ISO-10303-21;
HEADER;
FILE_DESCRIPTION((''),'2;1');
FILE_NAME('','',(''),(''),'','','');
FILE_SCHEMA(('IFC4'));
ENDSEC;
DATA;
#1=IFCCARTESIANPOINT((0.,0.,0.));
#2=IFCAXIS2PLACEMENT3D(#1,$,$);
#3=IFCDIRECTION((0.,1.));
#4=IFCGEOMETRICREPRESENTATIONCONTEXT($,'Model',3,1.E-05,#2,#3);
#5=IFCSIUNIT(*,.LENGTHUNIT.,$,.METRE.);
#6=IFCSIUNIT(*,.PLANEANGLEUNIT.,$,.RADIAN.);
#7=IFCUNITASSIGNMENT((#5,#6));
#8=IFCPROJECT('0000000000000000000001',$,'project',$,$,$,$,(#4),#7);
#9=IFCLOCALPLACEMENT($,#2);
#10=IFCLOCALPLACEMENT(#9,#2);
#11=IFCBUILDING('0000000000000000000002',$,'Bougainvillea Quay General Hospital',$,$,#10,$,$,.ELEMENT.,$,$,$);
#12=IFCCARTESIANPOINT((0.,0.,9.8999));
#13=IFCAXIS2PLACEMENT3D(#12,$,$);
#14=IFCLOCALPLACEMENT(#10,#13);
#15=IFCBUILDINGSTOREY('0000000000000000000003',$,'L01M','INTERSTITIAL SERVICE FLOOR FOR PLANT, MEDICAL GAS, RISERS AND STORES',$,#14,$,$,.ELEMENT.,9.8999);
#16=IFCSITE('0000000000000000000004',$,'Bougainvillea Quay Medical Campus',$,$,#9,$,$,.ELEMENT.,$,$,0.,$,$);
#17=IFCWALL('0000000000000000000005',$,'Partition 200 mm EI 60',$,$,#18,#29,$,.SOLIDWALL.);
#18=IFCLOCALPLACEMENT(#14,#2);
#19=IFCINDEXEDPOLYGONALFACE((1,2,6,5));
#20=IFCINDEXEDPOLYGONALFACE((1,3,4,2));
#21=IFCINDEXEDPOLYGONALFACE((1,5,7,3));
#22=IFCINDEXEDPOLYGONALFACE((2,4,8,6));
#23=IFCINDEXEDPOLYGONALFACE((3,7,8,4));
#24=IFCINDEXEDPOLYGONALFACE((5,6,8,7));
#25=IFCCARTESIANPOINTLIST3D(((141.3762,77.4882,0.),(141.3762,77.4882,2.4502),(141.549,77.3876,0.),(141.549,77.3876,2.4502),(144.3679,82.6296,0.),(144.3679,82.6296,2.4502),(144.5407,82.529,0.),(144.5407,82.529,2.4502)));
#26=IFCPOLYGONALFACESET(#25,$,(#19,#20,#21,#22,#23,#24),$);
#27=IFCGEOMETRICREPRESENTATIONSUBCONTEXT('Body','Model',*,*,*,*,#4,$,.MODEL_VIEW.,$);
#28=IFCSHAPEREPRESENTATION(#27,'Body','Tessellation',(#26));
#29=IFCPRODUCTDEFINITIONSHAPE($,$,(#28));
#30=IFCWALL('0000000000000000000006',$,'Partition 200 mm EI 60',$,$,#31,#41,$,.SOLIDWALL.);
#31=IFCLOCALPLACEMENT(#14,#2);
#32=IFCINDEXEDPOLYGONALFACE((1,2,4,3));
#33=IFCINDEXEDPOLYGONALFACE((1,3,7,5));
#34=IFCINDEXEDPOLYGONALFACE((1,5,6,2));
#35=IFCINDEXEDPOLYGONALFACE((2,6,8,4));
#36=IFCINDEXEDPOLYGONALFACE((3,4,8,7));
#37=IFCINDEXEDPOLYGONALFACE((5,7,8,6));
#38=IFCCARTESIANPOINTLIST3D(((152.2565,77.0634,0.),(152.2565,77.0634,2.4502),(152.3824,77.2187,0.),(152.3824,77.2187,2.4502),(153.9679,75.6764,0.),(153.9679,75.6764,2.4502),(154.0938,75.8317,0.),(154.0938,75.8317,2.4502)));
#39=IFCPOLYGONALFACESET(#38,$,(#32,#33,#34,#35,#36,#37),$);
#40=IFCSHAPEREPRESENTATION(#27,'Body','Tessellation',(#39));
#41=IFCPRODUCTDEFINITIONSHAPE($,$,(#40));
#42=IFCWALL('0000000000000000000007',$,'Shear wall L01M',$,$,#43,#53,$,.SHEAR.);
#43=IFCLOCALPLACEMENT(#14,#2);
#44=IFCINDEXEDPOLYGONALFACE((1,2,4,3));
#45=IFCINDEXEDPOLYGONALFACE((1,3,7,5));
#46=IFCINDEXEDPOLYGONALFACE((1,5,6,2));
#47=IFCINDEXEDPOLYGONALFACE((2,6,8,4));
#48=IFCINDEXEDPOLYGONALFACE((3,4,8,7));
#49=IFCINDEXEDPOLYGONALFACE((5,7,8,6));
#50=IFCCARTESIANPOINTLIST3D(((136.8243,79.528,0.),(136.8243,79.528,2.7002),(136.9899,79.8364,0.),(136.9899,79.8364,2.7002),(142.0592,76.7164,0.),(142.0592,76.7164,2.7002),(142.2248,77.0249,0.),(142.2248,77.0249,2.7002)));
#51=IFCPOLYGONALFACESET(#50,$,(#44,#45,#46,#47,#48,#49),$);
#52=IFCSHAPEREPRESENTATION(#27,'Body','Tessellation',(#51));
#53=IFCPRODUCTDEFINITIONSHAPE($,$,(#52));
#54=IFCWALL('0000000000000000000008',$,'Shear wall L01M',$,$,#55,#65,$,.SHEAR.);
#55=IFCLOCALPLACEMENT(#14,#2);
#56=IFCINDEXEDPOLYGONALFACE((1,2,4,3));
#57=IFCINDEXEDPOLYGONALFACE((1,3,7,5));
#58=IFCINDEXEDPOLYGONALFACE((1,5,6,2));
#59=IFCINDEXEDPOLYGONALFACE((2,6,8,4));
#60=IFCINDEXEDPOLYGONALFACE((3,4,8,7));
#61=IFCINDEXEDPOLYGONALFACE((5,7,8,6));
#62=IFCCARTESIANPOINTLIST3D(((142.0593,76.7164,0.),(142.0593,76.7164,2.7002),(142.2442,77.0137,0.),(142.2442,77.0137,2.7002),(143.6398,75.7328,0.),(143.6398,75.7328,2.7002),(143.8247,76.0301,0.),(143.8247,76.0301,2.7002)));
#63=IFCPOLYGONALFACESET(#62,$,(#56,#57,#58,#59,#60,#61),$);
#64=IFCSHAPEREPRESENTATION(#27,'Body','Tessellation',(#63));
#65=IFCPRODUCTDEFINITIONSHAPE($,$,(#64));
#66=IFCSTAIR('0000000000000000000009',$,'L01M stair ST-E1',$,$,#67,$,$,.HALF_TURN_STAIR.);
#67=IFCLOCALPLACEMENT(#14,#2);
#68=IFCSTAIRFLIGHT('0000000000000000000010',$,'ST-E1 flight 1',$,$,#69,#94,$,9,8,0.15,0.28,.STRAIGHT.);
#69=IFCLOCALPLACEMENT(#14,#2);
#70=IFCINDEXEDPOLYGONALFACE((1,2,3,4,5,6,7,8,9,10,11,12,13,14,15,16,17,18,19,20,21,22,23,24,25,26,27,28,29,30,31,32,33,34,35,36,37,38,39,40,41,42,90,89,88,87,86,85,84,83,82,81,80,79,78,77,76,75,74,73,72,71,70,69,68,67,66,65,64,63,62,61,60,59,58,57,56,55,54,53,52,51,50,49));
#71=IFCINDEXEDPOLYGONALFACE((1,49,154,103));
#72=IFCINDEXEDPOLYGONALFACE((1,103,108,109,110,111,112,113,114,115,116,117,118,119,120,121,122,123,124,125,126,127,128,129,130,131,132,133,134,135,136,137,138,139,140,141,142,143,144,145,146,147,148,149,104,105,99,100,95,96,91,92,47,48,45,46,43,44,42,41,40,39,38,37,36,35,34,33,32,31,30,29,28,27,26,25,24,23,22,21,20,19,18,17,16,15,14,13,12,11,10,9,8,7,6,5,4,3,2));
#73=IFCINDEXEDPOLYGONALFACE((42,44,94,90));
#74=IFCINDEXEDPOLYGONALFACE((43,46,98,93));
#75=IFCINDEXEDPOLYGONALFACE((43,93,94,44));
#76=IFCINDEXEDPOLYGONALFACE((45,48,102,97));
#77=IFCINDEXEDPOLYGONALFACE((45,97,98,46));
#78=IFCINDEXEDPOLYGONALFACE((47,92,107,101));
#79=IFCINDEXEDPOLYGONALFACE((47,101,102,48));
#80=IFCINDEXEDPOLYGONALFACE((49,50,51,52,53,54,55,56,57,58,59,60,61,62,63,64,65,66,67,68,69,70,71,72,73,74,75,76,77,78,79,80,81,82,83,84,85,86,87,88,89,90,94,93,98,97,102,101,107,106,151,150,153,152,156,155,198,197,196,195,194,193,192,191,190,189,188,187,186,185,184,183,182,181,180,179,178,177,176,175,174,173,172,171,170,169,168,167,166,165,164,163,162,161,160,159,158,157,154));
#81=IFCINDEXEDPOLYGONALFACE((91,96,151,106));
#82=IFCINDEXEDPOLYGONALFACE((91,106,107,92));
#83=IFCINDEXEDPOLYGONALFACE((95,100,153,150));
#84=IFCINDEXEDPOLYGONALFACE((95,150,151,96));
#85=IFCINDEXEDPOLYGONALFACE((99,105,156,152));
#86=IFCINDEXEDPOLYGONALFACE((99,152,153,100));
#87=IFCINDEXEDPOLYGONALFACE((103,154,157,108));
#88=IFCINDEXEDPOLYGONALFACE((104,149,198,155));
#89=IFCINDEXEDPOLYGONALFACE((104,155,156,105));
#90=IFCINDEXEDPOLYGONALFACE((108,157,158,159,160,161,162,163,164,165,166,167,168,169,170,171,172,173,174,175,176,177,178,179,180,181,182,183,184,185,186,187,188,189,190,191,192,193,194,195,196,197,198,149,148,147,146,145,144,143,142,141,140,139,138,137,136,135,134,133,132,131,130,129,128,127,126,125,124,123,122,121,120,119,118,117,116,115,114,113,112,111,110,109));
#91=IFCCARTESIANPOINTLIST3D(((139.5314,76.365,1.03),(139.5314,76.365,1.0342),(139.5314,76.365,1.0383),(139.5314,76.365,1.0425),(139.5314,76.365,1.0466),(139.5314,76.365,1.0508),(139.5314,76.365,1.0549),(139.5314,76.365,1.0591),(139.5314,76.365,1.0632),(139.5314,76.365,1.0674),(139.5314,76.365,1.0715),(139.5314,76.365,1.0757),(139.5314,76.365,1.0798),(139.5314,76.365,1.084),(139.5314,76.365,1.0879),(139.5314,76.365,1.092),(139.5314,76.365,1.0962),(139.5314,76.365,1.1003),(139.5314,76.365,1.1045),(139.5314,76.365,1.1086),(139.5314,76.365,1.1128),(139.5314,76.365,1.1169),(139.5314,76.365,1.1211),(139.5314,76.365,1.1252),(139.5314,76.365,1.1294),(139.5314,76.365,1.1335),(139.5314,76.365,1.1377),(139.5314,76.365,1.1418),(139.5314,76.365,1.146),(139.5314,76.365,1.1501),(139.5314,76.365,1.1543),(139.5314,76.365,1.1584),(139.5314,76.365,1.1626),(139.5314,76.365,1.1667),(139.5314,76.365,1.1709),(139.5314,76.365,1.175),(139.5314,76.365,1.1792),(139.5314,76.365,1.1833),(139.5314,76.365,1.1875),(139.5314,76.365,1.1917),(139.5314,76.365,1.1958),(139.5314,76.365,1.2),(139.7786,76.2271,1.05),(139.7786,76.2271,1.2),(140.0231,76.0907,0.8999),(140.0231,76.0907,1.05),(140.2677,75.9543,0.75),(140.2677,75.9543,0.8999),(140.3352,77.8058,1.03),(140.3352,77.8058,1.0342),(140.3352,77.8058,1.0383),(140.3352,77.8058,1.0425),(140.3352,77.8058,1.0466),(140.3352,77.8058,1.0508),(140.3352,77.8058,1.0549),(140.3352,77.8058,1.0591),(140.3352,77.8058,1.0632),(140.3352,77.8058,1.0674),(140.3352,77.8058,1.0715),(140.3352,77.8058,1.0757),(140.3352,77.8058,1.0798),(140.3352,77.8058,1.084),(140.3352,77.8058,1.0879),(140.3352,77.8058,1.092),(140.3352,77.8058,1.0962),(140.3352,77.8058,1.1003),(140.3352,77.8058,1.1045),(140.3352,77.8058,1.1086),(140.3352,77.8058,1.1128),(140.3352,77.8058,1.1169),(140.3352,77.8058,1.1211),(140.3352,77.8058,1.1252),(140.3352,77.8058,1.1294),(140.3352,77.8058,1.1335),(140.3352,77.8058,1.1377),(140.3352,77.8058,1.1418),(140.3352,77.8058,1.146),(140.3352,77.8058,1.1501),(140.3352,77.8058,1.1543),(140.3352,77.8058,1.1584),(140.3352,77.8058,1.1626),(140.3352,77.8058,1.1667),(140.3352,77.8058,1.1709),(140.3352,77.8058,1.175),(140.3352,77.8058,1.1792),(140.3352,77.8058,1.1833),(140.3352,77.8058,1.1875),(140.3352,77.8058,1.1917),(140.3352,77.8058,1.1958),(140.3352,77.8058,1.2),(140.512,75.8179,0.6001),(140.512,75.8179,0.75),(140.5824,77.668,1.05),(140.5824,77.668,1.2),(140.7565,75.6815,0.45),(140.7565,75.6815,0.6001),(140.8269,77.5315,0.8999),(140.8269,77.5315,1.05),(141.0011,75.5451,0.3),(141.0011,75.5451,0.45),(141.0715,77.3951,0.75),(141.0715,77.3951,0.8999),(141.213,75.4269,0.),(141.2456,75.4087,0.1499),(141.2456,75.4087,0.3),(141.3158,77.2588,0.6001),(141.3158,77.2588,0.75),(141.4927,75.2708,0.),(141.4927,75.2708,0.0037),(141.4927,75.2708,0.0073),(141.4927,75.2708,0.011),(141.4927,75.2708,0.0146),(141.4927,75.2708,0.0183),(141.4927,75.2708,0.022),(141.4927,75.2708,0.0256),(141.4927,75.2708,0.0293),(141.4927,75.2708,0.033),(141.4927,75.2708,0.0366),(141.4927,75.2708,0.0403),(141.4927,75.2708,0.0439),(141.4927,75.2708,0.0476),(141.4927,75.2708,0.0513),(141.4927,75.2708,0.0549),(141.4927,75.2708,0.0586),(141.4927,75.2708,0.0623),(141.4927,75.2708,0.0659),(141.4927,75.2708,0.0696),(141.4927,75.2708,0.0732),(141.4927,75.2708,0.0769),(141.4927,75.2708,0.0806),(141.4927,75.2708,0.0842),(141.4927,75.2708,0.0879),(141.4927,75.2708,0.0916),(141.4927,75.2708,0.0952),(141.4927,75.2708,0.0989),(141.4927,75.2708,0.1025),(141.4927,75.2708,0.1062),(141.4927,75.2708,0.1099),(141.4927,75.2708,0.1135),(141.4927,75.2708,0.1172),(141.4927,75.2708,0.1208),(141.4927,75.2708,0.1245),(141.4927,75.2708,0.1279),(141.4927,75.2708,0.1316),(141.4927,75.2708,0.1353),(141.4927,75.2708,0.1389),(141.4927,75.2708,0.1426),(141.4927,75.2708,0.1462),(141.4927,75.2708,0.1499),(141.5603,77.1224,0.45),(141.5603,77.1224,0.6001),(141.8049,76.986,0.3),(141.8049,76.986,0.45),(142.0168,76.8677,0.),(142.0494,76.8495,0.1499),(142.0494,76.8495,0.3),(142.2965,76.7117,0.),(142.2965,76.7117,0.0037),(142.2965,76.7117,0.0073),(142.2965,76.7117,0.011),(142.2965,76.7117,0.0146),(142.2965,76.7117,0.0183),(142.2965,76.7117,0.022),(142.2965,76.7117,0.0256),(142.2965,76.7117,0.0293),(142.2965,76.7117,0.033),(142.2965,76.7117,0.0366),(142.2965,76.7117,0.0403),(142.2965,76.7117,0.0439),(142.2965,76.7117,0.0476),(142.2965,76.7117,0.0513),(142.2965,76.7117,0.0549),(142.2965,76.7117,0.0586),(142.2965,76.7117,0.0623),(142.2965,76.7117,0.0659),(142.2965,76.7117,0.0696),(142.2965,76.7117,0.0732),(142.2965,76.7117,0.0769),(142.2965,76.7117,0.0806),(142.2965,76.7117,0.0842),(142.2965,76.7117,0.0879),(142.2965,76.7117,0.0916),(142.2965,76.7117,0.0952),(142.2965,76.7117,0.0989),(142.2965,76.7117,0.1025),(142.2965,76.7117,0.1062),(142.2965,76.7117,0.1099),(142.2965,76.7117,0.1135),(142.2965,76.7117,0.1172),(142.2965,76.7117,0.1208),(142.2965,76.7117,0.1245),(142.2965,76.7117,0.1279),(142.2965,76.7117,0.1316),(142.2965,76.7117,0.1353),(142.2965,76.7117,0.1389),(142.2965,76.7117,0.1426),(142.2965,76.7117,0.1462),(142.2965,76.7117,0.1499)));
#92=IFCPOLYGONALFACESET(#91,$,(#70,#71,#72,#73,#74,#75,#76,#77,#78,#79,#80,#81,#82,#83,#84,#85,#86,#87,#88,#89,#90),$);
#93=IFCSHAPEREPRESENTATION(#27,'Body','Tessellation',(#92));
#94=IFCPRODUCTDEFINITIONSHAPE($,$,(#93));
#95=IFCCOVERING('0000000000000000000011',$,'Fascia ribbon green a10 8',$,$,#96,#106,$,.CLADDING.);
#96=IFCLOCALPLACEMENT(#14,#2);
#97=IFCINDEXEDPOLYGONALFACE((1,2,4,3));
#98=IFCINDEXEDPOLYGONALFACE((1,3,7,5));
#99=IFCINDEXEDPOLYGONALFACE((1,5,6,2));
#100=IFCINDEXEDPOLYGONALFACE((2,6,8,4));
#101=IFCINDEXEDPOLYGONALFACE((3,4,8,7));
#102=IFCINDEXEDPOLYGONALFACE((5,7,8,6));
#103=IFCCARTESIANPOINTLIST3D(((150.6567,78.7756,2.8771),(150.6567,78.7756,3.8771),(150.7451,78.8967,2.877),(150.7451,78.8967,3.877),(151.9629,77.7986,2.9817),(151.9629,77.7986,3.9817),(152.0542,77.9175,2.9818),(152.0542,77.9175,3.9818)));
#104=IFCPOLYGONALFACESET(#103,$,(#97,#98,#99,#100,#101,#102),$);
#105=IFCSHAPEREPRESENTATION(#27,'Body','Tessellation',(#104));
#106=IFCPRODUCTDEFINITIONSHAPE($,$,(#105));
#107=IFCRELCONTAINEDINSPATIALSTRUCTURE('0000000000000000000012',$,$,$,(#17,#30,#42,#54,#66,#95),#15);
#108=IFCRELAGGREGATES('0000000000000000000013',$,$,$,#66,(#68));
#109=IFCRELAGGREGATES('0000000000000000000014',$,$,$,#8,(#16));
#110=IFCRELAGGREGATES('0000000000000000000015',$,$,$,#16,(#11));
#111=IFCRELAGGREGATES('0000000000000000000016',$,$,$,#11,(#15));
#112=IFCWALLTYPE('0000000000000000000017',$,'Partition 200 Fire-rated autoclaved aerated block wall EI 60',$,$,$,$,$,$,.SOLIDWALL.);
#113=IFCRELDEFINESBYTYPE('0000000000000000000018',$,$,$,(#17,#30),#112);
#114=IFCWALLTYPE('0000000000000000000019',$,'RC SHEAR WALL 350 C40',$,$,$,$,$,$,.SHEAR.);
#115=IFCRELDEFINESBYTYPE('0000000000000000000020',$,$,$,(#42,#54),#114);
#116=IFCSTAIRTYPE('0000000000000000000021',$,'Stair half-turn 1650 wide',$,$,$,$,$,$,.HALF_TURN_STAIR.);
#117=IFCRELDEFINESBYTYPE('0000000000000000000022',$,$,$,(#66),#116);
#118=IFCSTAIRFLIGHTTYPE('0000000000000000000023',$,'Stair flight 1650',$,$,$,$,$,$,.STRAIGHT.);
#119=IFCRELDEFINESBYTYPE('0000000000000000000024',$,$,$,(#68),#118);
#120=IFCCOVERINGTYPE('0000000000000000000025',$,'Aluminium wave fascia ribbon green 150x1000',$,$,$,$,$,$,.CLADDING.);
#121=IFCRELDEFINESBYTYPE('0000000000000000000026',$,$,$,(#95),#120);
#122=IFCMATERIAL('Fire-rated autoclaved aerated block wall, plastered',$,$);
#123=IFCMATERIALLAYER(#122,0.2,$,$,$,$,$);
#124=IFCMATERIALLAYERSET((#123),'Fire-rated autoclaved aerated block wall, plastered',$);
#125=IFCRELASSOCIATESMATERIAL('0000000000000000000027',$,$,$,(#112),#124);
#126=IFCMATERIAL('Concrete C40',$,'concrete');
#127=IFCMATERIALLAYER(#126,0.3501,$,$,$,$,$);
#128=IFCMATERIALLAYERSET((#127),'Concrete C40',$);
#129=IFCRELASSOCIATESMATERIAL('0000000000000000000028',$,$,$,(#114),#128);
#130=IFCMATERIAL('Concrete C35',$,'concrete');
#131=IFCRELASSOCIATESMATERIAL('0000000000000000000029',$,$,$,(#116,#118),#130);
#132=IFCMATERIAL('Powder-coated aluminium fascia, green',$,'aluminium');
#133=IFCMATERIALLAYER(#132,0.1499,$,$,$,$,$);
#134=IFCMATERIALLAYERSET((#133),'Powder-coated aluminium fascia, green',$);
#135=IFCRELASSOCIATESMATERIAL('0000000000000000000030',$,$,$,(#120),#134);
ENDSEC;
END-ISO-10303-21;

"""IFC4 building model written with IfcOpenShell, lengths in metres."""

from ifc_helpers import new_model, si_unit, direction, frame, frame_2d, origin, place, context, subcontext, project, spatial, polyline, rectangle, outline, extrude, material, layer, layer_set, type_object, element, aggregate, save


model = new_model("IFC4")

# Units and contexts
model_context = context("Model", 3, precision=1e-05, world=origin(), true_north=direction((0.0, 1.0)))
body_context = subcontext(model_context, "Body", "Model", "MODEL_VIEW")
ifc_project = project(units=[si_unit("LENGTHUNIT", "METRE"), si_unit("PLANEANGLEUNIT", "RADIAN")], contexts=[model_context])

# Site, building, storey
site_placement = place(None, origin())
site = spatial("IfcSite", under=ifc_project, at=site_placement, Name="Bougainvillea Quay Medical Campus", CompositionType="ELEMENT", RefElevation=0.0)
building_placement = place(site_placement, origin())
building = spatial("IfcBuilding", under=site, at=building_placement, Name="Bougainvillea Quay General Hospital", CompositionType="ELEMENT")
storey_placement = place(building_placement, frame((0.0, 0.0, 9.8999)))
storey = spatial("IfcBuildingStorey", under=building, at=storey_placement, Name="L01M", Description="INTERSTITIAL SERVICE FLOOR FOR PLANT, MEDICAL GAS, RISERS AND STORES", CompositionType="ELEMENT", Elevation=9.8999)

# Walls
ifc_material_1 = material(Name="Fire-rated autoclaved aerated block wall, plastered")
ifc_layer_1 = layer(ifc_material_1, 0.2)
ifc_layer_set_1 = layer_set([ifc_layer_1], Name="Fire-rated autoclaved aerated block wall, plastered")
wall_type_1 = type_object("IfcWallType", Name="Partition 200 Fire-rated autoclaved aerated block wall EI 60", PredefinedType="SOLIDWALL", material=ifc_layer_set_1)
wall_1_placement = place(storey_placement, frame((141.4626, 77.438, 0.0), z_axis=(0.0, 0.0, 1.0), x_axis=(0.502939, 0.864322, 0.0)))
element("IfcWall", 1, at=wall_1_placement, inside=storey, type_object=wall_type_1, Name="Partition 200 mm EI 60", PredefinedType="SOLIDWALL", context=body_context, shape_type="SweptSolid", body=[
    extrude(rectangle(XDim=5.9485, YDim=0.2, at=frame_2d((2.9741, 0.0))), origin(), (0.0, 0.0, 1.0), 2.4502),
])
wall_2_placement = place(storey_placement, frame((152.3193, 77.1411, 0.0), z_axis=(0.0, 0.0, 1.0), x_axis=(0.776907, -0.629616, 0.0)))
element("IfcWall", 2, at=wall_2_placement, inside=storey, type_object=wall_type_1, Name="Partition 200 mm EI 60", PredefinedType="SOLIDWALL", context=body_context, shape_type="SweptSolid", body=[
    extrude(rectangle(XDim=2.2029, YDim=0.2, at=frame_2d((1.1016, 0.0))), origin(), (0.0, 0.0, 1.0), 2.4502),
])
ifc_material_2 = material(Name="Concrete C40", Category="concrete")
ifc_layer_2 = layer(ifc_material_2, 0.3501)
ifc_layer_set_2 = layer_set([ifc_layer_2], Name="Concrete C40")
wall_type_2 = type_object("IfcWallType", Name="RC SHEAR WALL 350 C40", PredefinedType="SHEAR", material=ifc_layer_set_2)
wall_3_placement = place(storey_placement, frame((142.1421, 76.8706, 0.0), z_axis=(0.0, 0.0, 1.0), x_axis=(-0.88098, 0.473154, 0.0)))
element("IfcWall", 3, at=wall_3_placement, inside=storey, type_object=wall_type_2, Name="Shear wall L01M", PredefinedType="SHEAR", context=body_context, shape_type="SweptSolid", body=[
    extrude(rectangle(XDim=5.9421, YDim=0.3501, at=frame_2d((2.9712, 0.0))), origin(), (0.0, 0.0, 1.0), 2.7002),
])
wall_4_placement = place(storey_placement, frame((142.1519, 76.865, 0.0), z_axis=(0.0, 0.0, 1.0), x_axis=(0.849013, -0.528371, 0.0)))
element("IfcWall", 4, at=wall_4_placement, inside=storey, type_object=wall_type_2, Name="Shear wall L01M", PredefinedType="SHEAR", context=body_context, shape_type="SweptSolid", body=[
    extrude(rectangle(XDim=1.8616, YDim=0.3501, at=frame_2d((0.9307, 0.0))), origin(), (0.0, 0.0, 1.0), 2.7002),
])

# Stair, stair flight
ifc_material_3 = material(Name="Concrete C35", Category="concrete")
stair_type = type_object("IfcStairType", Name="Stair half-turn 1650 wide", PredefinedType="HALF_TURN_STAIR", material=ifc_material_3)
stair_placement = place(storey_placement, origin())
stair = element("IfcStair", 5, at=stair_placement, inside=storey, type_object=stair_type, Name="L01M stair ST-E1", PredefinedType="HALF_TURN_STAIR")
stair_flight_type = type_object("IfcStairFlightType", Name="Stair flight 1650", PredefinedType="STRAIGHT", material=ifc_material_3)
stair_flight_placement = place(storey_placement, frame((141.8921, 75.9927, 0.0), z_axis=(0.0, 0.0, 1.0), x_axis=(-0.873301, 0.487181, 0.0)))
stair_flight = element("IfcStairFlight", 6, at=stair_flight_placement, type_object=stair_flight_type, Name="ST-E1 flight 1", NumberOfRisers=9, NumberOfTreads=8, PredefinedType="STRAIGHT", RiserHeight=0.15, TreadLength=0.28, context=body_context, shape_type="SweptSolid", body=[
    extrude(outline(polyline([(-0.0029, 0.0), (-0.0029, 0.0037), (-0.0029, 0.0073), (-0.0029, 0.011), (-0.0029, 0.0146), (-0.0029, 0.0183), (-0.0029, 0.022), (-0.0029, 0.0256), (-0.0029, 0.0293), (-0.0029, 0.033), (-0.0029, 0.0366), (-0.0029, 0.0403), (-0.0029, 0.0439), (-0.0029, 0.0476), (-0.0029, 0.0513), (-0.0029, 0.0549), (-0.0029, 0.0586), (-0.0029, 0.0623), (-0.0029, 0.0659), (-0.0029, 0.0696), (-0.0029, 0.0732), (-0.0029, 0.0769), (-0.0029, 0.0806), (-0.0029, 0.0842), (-0.0029, 0.0879), (-0.0029, 0.0916), (-0.0029, 0.0952), (-0.0029, 0.0989), (-0.0029, 0.1025), (-0.0029, 0.1062), (-0.0029, 0.1099), (-0.0029, 0.1135), (-0.0029, 0.1172), (-0.0029, 0.1208), (-0.0029, 0.1245), (-0.0029, 0.1279), (-0.0029, 0.1316), (-0.0029, 0.1353), (-0.0029, 0.1389), (-0.0029, 0.1426), (-0.0029, 0.1462), (-0.0029, 0.1499), (0.28, 0.1499), (0.28, 0.3), (0.5601, 0.3), (0.5601, 0.45), (0.8401, 0.45), (0.8401, 0.6001), (1.1201, 0.6001), (1.1201, 0.75), (1.3999, 0.75), (1.3999, 0.8999), (1.6799, 0.8999), (1.6799, 1.05), (1.96, 1.05), (1.96, 1.2), (2.2429, 1.2), (2.2429, 1.1958), (2.2429, 1.1917), (2.2429, 1.1875), (2.2429, 1.1833), (2.2429, 1.1792), (2.2429, 1.175), (2.2429, 1.1709), (2.2429, 1.1667), (2.2429, 1.1626), (2.2429, 1.1584), (2.2429, 1.1543), (2.2429, 1.1501), (2.2429, 1.146), (2.2429, 1.1418), (2.2429, 1.1377), (2.2429, 1.1335), (2.2429, 1.1294), (2.2429, 1.1252), (2.2429, 1.1211), (2.2429, 1.1169), (2.2429, 1.1128), (2.2429, 1.1086), (2.2429, 1.1045), (2.2429, 1.1003), (2.2429, 1.0962), (2.2429, 1.092), (2.2429, 1.0879), (2.2429, 1.084), (2.2429, 1.0798), (2.2429, 1.0757), (2.2429, 1.0715), (2.2429, 1.0674), (2.2429, 1.0632), (2.2429, 1.0591), (2.2429, 1.0549), (2.2429, 1.0508), (2.2429, 1.0466), (2.2429, 1.0425), (2.2429, 1.0383), (2.2429, 1.0342), (2.2429, 1.03), (0.3174, 0.0), (-0.0029, 0.0)])), frame((0.0, 0.825, 0.0), z_axis=(0.0, -1.0, 0.0), x_axis=(1.0, 0.0, 0.0)), (0.0, 0.0, 1.0), 1.6499),
])
aggregate(stair, [stair_flight])

# Covering
ifc_material_4 = material(Name="Powder-coated aluminium fascia, green", Category="aluminium")
ifc_layer_3 = layer(ifc_material_4, 0.1499)
ifc_layer_set_3 = layer_set([ifc_layer_3], Name="Powder-coated aluminium fascia, green")
covering_type = type_object("IfcCoveringType", Name="Aluminium wave fascia ribbon green 150x1000", PredefinedType="CLADDING", material=ifc_layer_set_3)
covering_placement = place(storey_placement, frame((151.9629, 77.7986, 2.9817), z_axis=(-0.051236, 0.038362, 0.997949), x_axis=(-0.799112, 0.597765, -0.064006)))
element("IfcCovering", 7, at=covering_placement, inside=storey, type_object=covering_type, Name="Fascia ribbon green a10 8", PredefinedType="CLADDING", context=body_context, shape_type="SweptSolid", body=[
    extrude(outline(polyline([(0.0, 0.0), (1.6345, 0.0), (1.6363, -0.1499), (-0.0019, -0.1499), (0.0, 0.0)])), origin(), (-0.064006, 0.000028, 0.997949), 1.0),
])

save(model, "model.ifc")
